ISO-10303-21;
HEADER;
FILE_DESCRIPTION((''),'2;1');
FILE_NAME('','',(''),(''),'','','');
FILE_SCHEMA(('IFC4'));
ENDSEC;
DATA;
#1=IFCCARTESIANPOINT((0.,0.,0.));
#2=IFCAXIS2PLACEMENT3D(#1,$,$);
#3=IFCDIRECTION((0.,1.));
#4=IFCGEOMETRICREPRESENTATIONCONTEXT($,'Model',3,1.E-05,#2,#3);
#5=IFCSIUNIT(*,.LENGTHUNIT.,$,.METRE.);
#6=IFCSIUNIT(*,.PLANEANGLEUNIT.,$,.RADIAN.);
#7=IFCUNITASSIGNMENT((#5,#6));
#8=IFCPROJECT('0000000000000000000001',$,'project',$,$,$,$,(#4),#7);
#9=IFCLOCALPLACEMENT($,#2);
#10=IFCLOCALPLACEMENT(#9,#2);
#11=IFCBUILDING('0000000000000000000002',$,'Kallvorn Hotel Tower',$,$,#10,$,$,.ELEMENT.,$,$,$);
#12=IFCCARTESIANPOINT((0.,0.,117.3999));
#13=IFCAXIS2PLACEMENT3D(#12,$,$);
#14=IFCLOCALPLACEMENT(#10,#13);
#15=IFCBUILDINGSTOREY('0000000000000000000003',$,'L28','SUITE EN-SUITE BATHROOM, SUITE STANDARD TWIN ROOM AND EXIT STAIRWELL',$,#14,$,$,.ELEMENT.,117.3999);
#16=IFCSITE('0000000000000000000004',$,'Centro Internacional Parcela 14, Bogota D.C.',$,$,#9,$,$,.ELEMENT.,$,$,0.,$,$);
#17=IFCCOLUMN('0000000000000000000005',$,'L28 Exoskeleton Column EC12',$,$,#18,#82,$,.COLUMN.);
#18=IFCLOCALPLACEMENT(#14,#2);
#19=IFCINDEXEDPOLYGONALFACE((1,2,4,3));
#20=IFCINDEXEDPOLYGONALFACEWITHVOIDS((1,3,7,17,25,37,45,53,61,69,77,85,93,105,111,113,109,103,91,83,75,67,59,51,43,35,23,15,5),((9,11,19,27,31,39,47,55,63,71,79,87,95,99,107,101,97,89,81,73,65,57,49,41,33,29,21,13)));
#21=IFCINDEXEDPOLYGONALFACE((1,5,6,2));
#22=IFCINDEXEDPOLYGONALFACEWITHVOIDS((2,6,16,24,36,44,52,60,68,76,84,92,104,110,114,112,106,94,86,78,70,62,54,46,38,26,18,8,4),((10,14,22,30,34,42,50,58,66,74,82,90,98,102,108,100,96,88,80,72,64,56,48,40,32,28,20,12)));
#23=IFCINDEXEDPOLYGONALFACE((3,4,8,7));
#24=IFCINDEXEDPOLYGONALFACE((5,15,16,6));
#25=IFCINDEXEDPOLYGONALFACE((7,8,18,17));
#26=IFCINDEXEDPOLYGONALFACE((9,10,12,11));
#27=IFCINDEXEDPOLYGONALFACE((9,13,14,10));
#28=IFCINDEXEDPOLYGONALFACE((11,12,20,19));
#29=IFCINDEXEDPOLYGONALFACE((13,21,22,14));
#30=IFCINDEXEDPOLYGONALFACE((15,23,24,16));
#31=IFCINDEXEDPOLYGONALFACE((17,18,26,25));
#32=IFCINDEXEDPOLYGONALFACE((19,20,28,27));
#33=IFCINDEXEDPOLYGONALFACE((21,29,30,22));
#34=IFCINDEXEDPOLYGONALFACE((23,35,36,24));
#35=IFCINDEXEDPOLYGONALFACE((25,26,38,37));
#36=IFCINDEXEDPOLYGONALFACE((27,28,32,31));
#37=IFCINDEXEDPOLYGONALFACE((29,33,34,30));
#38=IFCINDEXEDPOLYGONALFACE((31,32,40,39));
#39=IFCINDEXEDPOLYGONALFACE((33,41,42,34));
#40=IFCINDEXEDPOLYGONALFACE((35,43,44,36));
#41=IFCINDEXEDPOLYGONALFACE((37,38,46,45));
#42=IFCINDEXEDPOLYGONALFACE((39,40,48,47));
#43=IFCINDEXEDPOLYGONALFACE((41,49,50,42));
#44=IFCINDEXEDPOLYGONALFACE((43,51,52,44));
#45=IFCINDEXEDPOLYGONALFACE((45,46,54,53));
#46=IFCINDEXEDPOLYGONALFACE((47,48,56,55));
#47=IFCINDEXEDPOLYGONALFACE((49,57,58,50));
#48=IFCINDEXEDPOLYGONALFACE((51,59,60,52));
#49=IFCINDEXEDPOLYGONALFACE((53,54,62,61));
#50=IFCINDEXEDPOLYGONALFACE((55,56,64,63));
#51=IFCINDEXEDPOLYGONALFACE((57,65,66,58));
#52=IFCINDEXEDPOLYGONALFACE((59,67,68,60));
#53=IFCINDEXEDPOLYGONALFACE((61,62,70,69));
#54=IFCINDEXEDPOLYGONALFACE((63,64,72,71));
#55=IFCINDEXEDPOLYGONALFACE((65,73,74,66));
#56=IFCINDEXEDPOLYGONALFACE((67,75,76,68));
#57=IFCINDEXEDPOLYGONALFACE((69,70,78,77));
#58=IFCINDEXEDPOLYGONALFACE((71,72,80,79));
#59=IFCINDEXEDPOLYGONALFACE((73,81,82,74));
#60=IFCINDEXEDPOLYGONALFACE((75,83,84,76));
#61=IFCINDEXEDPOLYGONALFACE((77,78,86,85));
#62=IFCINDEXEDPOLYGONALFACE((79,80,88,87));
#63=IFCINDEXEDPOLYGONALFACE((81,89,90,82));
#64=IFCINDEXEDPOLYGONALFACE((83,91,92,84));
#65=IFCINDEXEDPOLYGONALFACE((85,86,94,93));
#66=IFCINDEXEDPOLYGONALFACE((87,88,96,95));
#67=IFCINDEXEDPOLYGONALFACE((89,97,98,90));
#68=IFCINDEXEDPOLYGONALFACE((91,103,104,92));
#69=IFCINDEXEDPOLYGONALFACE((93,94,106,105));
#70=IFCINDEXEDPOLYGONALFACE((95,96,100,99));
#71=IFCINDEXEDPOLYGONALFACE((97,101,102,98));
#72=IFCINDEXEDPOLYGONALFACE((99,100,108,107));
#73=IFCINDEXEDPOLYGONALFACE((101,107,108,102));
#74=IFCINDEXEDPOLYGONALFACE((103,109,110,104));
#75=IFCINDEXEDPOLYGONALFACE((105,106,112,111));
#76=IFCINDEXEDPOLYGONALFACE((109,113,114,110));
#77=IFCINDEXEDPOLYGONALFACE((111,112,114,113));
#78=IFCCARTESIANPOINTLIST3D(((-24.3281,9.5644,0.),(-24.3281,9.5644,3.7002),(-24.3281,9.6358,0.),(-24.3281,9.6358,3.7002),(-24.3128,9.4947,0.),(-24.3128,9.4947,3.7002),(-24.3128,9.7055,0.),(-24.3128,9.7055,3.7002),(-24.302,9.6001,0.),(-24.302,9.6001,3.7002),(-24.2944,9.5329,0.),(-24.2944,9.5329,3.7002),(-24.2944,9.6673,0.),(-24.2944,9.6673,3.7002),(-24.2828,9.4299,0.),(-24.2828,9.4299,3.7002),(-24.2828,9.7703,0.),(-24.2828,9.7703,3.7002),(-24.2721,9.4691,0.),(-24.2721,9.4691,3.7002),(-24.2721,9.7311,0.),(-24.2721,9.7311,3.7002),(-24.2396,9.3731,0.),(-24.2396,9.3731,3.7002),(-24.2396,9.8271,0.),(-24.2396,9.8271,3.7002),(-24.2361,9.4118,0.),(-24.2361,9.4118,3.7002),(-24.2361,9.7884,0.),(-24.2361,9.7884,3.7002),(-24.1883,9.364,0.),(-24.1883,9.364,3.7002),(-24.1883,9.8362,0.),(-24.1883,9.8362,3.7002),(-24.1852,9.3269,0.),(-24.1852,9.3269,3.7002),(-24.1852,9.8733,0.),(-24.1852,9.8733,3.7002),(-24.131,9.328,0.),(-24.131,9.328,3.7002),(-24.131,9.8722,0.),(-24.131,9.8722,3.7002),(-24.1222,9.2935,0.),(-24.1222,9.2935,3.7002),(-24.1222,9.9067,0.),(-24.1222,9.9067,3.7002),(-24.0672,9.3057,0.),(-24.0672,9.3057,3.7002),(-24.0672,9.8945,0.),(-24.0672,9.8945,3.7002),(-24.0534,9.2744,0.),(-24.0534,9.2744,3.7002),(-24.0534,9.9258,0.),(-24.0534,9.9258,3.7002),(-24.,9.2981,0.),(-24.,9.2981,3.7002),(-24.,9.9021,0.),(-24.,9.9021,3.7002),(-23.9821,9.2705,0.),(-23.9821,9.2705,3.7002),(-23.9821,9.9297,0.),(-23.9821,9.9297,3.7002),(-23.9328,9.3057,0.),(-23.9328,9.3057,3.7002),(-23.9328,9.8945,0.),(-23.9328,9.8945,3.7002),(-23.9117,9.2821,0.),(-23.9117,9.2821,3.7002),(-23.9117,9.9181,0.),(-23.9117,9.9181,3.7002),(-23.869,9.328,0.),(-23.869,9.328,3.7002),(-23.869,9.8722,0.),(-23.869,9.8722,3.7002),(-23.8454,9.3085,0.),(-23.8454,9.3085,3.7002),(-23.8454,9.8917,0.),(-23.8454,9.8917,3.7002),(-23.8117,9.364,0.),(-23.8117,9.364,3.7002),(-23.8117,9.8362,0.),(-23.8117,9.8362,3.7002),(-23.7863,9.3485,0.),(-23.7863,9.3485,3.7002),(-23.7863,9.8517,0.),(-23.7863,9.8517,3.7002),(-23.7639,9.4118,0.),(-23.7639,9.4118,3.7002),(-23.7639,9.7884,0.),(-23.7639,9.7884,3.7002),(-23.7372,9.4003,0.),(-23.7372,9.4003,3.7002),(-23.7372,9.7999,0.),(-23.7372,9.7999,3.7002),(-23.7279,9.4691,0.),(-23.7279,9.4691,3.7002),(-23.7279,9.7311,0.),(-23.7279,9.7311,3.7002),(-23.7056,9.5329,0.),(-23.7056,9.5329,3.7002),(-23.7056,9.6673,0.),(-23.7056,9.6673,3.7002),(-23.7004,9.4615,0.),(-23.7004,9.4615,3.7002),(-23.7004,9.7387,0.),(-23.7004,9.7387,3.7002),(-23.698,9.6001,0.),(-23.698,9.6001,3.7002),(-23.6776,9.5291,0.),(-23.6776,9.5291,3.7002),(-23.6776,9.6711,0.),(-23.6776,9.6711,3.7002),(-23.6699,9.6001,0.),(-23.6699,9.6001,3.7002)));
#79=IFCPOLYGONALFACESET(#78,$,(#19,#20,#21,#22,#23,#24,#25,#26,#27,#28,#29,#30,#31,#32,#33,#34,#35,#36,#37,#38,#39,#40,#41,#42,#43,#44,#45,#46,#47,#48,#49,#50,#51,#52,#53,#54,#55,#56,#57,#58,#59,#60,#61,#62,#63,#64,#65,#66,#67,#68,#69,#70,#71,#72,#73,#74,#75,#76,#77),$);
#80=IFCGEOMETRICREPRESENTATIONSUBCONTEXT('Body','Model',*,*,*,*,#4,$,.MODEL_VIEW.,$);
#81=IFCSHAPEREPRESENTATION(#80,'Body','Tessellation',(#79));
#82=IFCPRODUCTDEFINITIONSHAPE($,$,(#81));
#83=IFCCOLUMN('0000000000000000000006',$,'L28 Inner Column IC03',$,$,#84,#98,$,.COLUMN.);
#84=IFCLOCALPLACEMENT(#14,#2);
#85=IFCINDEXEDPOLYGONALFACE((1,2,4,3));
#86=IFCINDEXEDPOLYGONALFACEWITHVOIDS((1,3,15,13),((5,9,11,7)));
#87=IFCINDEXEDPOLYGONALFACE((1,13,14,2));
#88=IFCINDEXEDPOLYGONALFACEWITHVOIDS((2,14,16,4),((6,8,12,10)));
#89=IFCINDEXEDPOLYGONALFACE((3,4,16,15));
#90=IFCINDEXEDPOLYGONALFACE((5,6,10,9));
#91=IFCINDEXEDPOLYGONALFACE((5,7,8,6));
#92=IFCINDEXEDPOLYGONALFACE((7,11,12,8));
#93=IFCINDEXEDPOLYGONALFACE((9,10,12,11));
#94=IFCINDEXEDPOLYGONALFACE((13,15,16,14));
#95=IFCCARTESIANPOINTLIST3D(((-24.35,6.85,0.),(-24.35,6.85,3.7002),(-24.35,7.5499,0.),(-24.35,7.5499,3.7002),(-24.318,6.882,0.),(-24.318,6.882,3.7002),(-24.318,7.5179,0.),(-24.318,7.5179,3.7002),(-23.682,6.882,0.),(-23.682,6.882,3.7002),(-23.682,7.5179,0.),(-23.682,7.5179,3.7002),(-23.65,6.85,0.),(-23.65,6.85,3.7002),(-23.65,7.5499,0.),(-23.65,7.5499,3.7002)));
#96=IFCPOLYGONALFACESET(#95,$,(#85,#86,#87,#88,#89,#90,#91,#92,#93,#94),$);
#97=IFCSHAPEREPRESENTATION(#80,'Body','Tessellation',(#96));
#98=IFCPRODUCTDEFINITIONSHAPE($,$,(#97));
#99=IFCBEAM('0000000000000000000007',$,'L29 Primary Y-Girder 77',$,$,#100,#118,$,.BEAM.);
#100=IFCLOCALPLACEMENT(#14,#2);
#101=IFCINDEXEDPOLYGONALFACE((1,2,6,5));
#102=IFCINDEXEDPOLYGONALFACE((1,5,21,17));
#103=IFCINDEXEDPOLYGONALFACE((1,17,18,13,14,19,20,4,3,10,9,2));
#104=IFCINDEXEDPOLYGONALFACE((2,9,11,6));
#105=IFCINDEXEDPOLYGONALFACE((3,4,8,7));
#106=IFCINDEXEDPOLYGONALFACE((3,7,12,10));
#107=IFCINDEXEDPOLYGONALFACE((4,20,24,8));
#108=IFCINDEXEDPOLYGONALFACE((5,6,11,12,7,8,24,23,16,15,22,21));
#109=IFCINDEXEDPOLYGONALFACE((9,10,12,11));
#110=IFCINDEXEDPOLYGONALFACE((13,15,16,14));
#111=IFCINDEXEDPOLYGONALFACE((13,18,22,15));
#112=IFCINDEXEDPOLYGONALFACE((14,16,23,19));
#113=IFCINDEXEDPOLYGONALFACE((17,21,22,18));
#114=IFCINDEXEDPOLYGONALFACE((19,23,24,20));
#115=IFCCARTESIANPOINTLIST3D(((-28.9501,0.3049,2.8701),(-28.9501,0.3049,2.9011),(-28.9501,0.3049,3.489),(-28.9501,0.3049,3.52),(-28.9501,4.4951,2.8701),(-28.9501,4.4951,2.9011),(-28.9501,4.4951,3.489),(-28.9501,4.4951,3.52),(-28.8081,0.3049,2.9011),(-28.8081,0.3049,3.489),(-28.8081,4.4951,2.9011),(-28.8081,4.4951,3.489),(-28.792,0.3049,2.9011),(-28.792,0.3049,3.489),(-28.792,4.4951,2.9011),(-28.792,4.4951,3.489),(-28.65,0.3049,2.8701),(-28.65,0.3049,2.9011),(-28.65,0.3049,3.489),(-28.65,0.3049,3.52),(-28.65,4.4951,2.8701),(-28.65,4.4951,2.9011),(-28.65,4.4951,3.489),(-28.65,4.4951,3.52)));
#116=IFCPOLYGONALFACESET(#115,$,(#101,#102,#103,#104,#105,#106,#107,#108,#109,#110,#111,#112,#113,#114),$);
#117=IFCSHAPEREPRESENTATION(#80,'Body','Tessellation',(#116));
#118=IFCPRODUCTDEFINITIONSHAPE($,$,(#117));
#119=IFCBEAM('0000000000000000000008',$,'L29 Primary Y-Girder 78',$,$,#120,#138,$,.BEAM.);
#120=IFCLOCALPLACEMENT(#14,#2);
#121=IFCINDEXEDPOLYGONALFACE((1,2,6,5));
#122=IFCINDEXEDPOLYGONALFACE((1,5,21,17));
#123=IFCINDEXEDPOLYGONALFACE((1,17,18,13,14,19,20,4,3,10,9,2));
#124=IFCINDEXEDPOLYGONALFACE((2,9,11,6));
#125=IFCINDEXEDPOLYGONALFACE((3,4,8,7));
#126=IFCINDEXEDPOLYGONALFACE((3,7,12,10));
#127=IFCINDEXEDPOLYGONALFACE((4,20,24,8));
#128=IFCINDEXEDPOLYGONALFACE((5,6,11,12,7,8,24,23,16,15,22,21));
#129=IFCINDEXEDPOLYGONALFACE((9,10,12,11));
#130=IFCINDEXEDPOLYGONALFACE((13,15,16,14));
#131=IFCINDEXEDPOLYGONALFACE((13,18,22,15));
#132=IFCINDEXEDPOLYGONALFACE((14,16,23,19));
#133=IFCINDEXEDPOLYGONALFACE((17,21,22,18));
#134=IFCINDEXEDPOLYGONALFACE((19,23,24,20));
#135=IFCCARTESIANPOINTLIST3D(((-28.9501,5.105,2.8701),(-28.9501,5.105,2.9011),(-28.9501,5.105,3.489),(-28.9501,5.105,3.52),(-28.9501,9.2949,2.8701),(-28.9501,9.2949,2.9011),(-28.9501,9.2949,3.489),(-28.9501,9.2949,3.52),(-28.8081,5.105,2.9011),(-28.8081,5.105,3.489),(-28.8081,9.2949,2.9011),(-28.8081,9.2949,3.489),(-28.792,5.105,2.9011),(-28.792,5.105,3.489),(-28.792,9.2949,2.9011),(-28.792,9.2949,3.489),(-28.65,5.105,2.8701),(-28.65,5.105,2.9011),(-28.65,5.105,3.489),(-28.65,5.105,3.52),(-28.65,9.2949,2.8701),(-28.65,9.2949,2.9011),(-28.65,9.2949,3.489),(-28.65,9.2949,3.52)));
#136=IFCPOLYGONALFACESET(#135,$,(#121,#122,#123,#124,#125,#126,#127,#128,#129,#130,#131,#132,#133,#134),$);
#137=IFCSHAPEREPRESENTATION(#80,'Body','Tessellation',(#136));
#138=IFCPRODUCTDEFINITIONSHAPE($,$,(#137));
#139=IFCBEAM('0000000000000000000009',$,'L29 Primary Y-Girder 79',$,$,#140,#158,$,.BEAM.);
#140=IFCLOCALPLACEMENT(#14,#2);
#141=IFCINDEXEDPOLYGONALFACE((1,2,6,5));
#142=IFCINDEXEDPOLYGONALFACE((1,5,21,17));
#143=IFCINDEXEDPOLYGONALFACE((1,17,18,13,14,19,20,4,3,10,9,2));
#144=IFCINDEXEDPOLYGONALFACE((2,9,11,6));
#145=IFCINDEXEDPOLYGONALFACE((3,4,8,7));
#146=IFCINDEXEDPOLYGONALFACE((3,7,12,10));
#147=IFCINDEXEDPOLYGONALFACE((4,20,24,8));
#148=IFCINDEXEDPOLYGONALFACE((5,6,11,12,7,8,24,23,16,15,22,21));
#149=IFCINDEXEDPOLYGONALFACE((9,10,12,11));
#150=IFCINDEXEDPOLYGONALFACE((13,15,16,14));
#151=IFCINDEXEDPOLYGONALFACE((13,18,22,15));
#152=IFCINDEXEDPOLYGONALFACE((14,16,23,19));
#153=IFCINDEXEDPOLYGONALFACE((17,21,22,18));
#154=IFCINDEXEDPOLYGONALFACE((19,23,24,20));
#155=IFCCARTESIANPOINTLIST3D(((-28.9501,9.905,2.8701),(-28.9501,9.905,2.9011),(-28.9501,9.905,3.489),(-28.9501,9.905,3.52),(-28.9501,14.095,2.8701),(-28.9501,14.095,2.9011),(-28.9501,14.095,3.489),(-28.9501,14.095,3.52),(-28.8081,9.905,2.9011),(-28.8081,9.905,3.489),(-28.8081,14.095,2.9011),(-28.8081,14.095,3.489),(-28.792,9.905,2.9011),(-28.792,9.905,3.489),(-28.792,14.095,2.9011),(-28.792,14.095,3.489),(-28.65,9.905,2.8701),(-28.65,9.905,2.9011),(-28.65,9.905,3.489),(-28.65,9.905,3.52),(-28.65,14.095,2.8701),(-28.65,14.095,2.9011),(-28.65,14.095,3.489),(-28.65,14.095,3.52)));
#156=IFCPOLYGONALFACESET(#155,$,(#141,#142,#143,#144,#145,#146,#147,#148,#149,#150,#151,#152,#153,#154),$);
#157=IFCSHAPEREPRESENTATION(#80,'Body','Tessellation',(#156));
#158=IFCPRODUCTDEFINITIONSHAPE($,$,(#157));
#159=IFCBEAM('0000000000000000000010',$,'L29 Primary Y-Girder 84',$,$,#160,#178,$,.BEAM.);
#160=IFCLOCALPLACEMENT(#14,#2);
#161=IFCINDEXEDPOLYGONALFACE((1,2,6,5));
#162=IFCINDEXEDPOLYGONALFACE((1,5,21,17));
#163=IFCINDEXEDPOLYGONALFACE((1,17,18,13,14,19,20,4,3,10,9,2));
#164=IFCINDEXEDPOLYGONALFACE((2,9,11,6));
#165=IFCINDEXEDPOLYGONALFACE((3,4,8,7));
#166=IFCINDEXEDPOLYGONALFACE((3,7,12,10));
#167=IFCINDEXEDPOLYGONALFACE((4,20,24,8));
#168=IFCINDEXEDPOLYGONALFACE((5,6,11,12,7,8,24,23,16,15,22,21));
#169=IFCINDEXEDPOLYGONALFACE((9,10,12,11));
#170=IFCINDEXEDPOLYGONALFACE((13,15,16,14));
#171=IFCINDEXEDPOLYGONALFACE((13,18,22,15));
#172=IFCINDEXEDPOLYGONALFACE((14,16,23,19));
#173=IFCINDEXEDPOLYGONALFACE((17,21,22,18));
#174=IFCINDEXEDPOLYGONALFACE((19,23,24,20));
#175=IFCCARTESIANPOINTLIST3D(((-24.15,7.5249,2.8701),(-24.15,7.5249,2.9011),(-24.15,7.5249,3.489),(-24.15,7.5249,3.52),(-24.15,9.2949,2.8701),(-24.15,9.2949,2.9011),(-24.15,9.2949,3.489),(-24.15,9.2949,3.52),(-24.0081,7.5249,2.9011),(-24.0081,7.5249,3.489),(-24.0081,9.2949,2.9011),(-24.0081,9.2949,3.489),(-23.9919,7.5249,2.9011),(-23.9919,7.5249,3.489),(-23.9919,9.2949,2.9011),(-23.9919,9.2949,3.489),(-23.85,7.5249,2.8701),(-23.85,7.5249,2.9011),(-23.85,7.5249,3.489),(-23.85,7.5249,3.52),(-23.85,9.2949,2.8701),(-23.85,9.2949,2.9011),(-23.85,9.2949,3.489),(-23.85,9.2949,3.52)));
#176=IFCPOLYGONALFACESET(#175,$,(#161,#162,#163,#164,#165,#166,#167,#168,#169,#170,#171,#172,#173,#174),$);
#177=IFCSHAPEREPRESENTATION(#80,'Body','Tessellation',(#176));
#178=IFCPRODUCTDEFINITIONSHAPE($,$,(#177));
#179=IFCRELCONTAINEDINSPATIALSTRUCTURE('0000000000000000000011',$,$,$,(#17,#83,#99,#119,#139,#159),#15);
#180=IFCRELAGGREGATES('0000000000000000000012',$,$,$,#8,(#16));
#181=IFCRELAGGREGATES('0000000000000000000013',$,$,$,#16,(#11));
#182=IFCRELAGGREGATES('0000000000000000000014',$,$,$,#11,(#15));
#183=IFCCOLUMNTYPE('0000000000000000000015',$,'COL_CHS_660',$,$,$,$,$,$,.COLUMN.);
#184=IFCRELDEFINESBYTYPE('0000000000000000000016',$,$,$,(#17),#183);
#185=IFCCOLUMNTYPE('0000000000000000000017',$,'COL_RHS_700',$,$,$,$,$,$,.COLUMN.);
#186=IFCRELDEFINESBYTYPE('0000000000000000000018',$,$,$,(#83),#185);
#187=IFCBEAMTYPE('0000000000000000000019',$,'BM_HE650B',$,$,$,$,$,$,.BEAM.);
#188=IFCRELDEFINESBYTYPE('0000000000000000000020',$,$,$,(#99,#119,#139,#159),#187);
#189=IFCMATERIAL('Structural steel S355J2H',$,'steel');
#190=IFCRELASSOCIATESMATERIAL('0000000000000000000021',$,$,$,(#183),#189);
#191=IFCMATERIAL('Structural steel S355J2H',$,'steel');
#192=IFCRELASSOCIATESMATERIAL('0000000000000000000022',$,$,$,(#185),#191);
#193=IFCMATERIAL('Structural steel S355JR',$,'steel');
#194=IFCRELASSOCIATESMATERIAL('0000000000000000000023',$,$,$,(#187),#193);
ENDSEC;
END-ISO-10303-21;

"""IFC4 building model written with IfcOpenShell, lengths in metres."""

from ifc_helpers import new_model, si_unit, direction, frame, origin, origin_2d, place, context, subcontext, project, spatial, hollow_rectangle, hollow_circle, i_section, extrude, material, material_profile, profile_set, type_object, element, save


model = new_model("IFC4")

# Units and contexts
model_context = context("Model", 3, precision=1e-05, world=origin(), true_north=direction((0.0, 1.0)))
body_context = subcontext(model_context, "Body", "Model", "MODEL_VIEW")
ifc_project = project(units=[si_unit("LENGTHUNIT", "METRE"), si_unit("PLANEANGLEUNIT", "RADIAN")], contexts=[model_context])

# Site, building, storey
site_placement = place(None, origin())
site = spatial("IfcSite", under=ifc_project, at=site_placement, Name="Centro Internacional Parcela 14, Bogota D.C.", CompositionType="ELEMENT", RefElevation=0.0)
building_placement = place(site_placement, origin())
building = spatial("IfcBuilding", under=site, at=building_placement, Name="Kallvorn Hotel Tower", CompositionType="ELEMENT")
storey_placement = place(building_placement, frame((0.0, 0.0, 117.3999)))
storey = spatial("IfcBuildingStorey", under=building, at=storey_placement, Name="L28", Description="SUITE EN-SUITE BATHROOM, SUITE STANDARD TWIN ROOM AND EXIT STAIRWELL", CompositionType="ELEMENT", Elevation=117.3999)

# Columns
ifc_material_1 = material(Name="Structural steel S355J2H", Category="steel")
ifc_material_profile_1 = material_profile(ifc_material_1, hollow_circle(Radius=0.3301, WallThickness=0.0281, at=origin_2d()), Name="CHS 660x28")
ifc_profile_set_1 = profile_set([ifc_material_profile_1], Name="Structural steel S355J2H")
column_type_1 = type_object("IfcColumnType", Name="COL_CHS_660", PredefinedType="COLUMN", material=ifc_profile_set_1)
for number, where, z_axis, x_axis, name in (
    (1, (-24.0, 9.6001, 0.0), (0.0, 0.0, 1.0), (1.0, 0.0, 0.0), "L28 Exoskeleton Column EC12"),
):
    element("IfcColumn", number, at=place(storey_placement, frame(where, z_axis=z_axis, x_axis=x_axis)), inside=storey, type_object=column_type_1, Name=name, PredefinedType="COLUMN", context=body_context, shape_type="SweptSolid", body=[
        extrude(hollow_circle(Radius=0.3301, WallThickness=0.0281, at=origin_2d()), origin(), (0.0, 0.0, 1.0), 3.7002),
    ])
ifc_material_2 = material(Name="Structural steel S355J2H", Category="steel")
ifc_material_profile_2 = material_profile(ifc_material_2, hollow_rectangle(XDim=0.7, YDim=0.7, WallThickness=0.032, at=origin_2d()), Name="RHS 700x700x32")
ifc_profile_set_2 = profile_set([ifc_material_profile_2], Name="Structural steel S355J2H")
column_type_2 = type_object("IfcColumnType", Name="COL_RHS_700", PredefinedType="COLUMN", material=ifc_profile_set_2)
column_placement = place(storey_placement, frame((-24.0, 7.2, 0.0), z_axis=(0.0, 0.0, 1.0), x_axis=(1.0, 0.0, 0.0)))
element("IfcColumn", 2, at=column_placement, inside=storey, type_object=column_type_2, Name="L28 Inner Column IC03", PredefinedType="COLUMN", context=body_context, shape_type="SweptSolid", body=[
    extrude(hollow_rectangle(XDim=0.7, YDim=0.7, WallThickness=0.032, at=origin_2d()), origin(), (0.0, 0.0, 1.0), 3.7002),
])

# Beams
ifc_material_3 = material(Name="Structural steel S355JR", Category="steel")
ifc_material_profile_3 = material_profile(ifc_material_3, i_section(OverallWidth=0.3, OverallDepth=0.6499, WebThickness=0.0161, FlangeThickness=0.031, at=origin_2d()), Name="HE 650 B")
ifc_profile_set_3 = profile_set([ifc_material_profile_3], Name="Structural steel S355JR")
beam_type_1 = type_object("IfcBeamType", Name="BM_HE650B", PredefinedType="BEAM", material=ifc_profile_set_3)
beam_1_placement = place(storey_placement, frame((-28.8, 0.3049, 3.1951), z_axis=(0.0, 1.0, 0.0), x_axis=(-1.0, 0.0, 0.0)))
element("IfcBeam", 3, at=beam_1_placement, inside=storey, type_object=beam_type_1, Name="L29 Primary Y-Girder 77", PredefinedType="BEAM", context=body_context, shape_type="SweptSolid", body=[
    extrude(i_section(OverallWidth=0.3, OverallDepth=0.6499, WebThickness=0.0161, FlangeThickness=0.031, at=origin_2d()), origin(), (0.0, 0.0, 1.0), 4.1902),
])
for number, where, z_axis, x_axis, name in (
    (4, (-28.8, 5.105, 3.1951), (0.0, 1.0, 0.0), (-1.0, 0.0, 0.0), "L29 Primary Y-Girder 78"),
    (5, (-28.8, 9.905, 3.1951), (0.0, 1.0, 0.0), (-1.0, 0.0, 0.0), "L29 Primary Y-Girder 79"),
):
    element("IfcBeam", number, at=place(storey_placement, frame(where, z_axis=z_axis, x_axis=x_axis)), inside=storey, type_object=beam_type_1, Name=name, PredefinedType="BEAM", context=body_context, shape_type="SweptSolid", body=[
        extrude(i_section(OverallWidth=0.3, OverallDepth=0.6499, WebThickness=0.0161, FlangeThickness=0.031, at=origin_2d()), origin(), (0.0, 0.0, 1.0), 4.1899),
    ])
beam_2_placement = place(storey_placement, frame((-24.0, 7.5249, 3.1951), z_axis=(0.0, 1.0, 0.0), x_axis=(-1.0, 0.0, 0.0)))
element("IfcBeam", 6, at=beam_2_placement, inside=storey, type_object=beam_type_1, Name="L29 Primary Y-Girder 84", PredefinedType="BEAM", context=body_context, shape_type="SweptSolid", body=[
    extrude(i_section(OverallWidth=0.3, OverallDepth=0.6499, WebThickness=0.0161, FlangeThickness=0.031, at=origin_2d()), origin(), (0.0, 0.0, 1.0), 1.77),
])

save(model, "model.ifc")
